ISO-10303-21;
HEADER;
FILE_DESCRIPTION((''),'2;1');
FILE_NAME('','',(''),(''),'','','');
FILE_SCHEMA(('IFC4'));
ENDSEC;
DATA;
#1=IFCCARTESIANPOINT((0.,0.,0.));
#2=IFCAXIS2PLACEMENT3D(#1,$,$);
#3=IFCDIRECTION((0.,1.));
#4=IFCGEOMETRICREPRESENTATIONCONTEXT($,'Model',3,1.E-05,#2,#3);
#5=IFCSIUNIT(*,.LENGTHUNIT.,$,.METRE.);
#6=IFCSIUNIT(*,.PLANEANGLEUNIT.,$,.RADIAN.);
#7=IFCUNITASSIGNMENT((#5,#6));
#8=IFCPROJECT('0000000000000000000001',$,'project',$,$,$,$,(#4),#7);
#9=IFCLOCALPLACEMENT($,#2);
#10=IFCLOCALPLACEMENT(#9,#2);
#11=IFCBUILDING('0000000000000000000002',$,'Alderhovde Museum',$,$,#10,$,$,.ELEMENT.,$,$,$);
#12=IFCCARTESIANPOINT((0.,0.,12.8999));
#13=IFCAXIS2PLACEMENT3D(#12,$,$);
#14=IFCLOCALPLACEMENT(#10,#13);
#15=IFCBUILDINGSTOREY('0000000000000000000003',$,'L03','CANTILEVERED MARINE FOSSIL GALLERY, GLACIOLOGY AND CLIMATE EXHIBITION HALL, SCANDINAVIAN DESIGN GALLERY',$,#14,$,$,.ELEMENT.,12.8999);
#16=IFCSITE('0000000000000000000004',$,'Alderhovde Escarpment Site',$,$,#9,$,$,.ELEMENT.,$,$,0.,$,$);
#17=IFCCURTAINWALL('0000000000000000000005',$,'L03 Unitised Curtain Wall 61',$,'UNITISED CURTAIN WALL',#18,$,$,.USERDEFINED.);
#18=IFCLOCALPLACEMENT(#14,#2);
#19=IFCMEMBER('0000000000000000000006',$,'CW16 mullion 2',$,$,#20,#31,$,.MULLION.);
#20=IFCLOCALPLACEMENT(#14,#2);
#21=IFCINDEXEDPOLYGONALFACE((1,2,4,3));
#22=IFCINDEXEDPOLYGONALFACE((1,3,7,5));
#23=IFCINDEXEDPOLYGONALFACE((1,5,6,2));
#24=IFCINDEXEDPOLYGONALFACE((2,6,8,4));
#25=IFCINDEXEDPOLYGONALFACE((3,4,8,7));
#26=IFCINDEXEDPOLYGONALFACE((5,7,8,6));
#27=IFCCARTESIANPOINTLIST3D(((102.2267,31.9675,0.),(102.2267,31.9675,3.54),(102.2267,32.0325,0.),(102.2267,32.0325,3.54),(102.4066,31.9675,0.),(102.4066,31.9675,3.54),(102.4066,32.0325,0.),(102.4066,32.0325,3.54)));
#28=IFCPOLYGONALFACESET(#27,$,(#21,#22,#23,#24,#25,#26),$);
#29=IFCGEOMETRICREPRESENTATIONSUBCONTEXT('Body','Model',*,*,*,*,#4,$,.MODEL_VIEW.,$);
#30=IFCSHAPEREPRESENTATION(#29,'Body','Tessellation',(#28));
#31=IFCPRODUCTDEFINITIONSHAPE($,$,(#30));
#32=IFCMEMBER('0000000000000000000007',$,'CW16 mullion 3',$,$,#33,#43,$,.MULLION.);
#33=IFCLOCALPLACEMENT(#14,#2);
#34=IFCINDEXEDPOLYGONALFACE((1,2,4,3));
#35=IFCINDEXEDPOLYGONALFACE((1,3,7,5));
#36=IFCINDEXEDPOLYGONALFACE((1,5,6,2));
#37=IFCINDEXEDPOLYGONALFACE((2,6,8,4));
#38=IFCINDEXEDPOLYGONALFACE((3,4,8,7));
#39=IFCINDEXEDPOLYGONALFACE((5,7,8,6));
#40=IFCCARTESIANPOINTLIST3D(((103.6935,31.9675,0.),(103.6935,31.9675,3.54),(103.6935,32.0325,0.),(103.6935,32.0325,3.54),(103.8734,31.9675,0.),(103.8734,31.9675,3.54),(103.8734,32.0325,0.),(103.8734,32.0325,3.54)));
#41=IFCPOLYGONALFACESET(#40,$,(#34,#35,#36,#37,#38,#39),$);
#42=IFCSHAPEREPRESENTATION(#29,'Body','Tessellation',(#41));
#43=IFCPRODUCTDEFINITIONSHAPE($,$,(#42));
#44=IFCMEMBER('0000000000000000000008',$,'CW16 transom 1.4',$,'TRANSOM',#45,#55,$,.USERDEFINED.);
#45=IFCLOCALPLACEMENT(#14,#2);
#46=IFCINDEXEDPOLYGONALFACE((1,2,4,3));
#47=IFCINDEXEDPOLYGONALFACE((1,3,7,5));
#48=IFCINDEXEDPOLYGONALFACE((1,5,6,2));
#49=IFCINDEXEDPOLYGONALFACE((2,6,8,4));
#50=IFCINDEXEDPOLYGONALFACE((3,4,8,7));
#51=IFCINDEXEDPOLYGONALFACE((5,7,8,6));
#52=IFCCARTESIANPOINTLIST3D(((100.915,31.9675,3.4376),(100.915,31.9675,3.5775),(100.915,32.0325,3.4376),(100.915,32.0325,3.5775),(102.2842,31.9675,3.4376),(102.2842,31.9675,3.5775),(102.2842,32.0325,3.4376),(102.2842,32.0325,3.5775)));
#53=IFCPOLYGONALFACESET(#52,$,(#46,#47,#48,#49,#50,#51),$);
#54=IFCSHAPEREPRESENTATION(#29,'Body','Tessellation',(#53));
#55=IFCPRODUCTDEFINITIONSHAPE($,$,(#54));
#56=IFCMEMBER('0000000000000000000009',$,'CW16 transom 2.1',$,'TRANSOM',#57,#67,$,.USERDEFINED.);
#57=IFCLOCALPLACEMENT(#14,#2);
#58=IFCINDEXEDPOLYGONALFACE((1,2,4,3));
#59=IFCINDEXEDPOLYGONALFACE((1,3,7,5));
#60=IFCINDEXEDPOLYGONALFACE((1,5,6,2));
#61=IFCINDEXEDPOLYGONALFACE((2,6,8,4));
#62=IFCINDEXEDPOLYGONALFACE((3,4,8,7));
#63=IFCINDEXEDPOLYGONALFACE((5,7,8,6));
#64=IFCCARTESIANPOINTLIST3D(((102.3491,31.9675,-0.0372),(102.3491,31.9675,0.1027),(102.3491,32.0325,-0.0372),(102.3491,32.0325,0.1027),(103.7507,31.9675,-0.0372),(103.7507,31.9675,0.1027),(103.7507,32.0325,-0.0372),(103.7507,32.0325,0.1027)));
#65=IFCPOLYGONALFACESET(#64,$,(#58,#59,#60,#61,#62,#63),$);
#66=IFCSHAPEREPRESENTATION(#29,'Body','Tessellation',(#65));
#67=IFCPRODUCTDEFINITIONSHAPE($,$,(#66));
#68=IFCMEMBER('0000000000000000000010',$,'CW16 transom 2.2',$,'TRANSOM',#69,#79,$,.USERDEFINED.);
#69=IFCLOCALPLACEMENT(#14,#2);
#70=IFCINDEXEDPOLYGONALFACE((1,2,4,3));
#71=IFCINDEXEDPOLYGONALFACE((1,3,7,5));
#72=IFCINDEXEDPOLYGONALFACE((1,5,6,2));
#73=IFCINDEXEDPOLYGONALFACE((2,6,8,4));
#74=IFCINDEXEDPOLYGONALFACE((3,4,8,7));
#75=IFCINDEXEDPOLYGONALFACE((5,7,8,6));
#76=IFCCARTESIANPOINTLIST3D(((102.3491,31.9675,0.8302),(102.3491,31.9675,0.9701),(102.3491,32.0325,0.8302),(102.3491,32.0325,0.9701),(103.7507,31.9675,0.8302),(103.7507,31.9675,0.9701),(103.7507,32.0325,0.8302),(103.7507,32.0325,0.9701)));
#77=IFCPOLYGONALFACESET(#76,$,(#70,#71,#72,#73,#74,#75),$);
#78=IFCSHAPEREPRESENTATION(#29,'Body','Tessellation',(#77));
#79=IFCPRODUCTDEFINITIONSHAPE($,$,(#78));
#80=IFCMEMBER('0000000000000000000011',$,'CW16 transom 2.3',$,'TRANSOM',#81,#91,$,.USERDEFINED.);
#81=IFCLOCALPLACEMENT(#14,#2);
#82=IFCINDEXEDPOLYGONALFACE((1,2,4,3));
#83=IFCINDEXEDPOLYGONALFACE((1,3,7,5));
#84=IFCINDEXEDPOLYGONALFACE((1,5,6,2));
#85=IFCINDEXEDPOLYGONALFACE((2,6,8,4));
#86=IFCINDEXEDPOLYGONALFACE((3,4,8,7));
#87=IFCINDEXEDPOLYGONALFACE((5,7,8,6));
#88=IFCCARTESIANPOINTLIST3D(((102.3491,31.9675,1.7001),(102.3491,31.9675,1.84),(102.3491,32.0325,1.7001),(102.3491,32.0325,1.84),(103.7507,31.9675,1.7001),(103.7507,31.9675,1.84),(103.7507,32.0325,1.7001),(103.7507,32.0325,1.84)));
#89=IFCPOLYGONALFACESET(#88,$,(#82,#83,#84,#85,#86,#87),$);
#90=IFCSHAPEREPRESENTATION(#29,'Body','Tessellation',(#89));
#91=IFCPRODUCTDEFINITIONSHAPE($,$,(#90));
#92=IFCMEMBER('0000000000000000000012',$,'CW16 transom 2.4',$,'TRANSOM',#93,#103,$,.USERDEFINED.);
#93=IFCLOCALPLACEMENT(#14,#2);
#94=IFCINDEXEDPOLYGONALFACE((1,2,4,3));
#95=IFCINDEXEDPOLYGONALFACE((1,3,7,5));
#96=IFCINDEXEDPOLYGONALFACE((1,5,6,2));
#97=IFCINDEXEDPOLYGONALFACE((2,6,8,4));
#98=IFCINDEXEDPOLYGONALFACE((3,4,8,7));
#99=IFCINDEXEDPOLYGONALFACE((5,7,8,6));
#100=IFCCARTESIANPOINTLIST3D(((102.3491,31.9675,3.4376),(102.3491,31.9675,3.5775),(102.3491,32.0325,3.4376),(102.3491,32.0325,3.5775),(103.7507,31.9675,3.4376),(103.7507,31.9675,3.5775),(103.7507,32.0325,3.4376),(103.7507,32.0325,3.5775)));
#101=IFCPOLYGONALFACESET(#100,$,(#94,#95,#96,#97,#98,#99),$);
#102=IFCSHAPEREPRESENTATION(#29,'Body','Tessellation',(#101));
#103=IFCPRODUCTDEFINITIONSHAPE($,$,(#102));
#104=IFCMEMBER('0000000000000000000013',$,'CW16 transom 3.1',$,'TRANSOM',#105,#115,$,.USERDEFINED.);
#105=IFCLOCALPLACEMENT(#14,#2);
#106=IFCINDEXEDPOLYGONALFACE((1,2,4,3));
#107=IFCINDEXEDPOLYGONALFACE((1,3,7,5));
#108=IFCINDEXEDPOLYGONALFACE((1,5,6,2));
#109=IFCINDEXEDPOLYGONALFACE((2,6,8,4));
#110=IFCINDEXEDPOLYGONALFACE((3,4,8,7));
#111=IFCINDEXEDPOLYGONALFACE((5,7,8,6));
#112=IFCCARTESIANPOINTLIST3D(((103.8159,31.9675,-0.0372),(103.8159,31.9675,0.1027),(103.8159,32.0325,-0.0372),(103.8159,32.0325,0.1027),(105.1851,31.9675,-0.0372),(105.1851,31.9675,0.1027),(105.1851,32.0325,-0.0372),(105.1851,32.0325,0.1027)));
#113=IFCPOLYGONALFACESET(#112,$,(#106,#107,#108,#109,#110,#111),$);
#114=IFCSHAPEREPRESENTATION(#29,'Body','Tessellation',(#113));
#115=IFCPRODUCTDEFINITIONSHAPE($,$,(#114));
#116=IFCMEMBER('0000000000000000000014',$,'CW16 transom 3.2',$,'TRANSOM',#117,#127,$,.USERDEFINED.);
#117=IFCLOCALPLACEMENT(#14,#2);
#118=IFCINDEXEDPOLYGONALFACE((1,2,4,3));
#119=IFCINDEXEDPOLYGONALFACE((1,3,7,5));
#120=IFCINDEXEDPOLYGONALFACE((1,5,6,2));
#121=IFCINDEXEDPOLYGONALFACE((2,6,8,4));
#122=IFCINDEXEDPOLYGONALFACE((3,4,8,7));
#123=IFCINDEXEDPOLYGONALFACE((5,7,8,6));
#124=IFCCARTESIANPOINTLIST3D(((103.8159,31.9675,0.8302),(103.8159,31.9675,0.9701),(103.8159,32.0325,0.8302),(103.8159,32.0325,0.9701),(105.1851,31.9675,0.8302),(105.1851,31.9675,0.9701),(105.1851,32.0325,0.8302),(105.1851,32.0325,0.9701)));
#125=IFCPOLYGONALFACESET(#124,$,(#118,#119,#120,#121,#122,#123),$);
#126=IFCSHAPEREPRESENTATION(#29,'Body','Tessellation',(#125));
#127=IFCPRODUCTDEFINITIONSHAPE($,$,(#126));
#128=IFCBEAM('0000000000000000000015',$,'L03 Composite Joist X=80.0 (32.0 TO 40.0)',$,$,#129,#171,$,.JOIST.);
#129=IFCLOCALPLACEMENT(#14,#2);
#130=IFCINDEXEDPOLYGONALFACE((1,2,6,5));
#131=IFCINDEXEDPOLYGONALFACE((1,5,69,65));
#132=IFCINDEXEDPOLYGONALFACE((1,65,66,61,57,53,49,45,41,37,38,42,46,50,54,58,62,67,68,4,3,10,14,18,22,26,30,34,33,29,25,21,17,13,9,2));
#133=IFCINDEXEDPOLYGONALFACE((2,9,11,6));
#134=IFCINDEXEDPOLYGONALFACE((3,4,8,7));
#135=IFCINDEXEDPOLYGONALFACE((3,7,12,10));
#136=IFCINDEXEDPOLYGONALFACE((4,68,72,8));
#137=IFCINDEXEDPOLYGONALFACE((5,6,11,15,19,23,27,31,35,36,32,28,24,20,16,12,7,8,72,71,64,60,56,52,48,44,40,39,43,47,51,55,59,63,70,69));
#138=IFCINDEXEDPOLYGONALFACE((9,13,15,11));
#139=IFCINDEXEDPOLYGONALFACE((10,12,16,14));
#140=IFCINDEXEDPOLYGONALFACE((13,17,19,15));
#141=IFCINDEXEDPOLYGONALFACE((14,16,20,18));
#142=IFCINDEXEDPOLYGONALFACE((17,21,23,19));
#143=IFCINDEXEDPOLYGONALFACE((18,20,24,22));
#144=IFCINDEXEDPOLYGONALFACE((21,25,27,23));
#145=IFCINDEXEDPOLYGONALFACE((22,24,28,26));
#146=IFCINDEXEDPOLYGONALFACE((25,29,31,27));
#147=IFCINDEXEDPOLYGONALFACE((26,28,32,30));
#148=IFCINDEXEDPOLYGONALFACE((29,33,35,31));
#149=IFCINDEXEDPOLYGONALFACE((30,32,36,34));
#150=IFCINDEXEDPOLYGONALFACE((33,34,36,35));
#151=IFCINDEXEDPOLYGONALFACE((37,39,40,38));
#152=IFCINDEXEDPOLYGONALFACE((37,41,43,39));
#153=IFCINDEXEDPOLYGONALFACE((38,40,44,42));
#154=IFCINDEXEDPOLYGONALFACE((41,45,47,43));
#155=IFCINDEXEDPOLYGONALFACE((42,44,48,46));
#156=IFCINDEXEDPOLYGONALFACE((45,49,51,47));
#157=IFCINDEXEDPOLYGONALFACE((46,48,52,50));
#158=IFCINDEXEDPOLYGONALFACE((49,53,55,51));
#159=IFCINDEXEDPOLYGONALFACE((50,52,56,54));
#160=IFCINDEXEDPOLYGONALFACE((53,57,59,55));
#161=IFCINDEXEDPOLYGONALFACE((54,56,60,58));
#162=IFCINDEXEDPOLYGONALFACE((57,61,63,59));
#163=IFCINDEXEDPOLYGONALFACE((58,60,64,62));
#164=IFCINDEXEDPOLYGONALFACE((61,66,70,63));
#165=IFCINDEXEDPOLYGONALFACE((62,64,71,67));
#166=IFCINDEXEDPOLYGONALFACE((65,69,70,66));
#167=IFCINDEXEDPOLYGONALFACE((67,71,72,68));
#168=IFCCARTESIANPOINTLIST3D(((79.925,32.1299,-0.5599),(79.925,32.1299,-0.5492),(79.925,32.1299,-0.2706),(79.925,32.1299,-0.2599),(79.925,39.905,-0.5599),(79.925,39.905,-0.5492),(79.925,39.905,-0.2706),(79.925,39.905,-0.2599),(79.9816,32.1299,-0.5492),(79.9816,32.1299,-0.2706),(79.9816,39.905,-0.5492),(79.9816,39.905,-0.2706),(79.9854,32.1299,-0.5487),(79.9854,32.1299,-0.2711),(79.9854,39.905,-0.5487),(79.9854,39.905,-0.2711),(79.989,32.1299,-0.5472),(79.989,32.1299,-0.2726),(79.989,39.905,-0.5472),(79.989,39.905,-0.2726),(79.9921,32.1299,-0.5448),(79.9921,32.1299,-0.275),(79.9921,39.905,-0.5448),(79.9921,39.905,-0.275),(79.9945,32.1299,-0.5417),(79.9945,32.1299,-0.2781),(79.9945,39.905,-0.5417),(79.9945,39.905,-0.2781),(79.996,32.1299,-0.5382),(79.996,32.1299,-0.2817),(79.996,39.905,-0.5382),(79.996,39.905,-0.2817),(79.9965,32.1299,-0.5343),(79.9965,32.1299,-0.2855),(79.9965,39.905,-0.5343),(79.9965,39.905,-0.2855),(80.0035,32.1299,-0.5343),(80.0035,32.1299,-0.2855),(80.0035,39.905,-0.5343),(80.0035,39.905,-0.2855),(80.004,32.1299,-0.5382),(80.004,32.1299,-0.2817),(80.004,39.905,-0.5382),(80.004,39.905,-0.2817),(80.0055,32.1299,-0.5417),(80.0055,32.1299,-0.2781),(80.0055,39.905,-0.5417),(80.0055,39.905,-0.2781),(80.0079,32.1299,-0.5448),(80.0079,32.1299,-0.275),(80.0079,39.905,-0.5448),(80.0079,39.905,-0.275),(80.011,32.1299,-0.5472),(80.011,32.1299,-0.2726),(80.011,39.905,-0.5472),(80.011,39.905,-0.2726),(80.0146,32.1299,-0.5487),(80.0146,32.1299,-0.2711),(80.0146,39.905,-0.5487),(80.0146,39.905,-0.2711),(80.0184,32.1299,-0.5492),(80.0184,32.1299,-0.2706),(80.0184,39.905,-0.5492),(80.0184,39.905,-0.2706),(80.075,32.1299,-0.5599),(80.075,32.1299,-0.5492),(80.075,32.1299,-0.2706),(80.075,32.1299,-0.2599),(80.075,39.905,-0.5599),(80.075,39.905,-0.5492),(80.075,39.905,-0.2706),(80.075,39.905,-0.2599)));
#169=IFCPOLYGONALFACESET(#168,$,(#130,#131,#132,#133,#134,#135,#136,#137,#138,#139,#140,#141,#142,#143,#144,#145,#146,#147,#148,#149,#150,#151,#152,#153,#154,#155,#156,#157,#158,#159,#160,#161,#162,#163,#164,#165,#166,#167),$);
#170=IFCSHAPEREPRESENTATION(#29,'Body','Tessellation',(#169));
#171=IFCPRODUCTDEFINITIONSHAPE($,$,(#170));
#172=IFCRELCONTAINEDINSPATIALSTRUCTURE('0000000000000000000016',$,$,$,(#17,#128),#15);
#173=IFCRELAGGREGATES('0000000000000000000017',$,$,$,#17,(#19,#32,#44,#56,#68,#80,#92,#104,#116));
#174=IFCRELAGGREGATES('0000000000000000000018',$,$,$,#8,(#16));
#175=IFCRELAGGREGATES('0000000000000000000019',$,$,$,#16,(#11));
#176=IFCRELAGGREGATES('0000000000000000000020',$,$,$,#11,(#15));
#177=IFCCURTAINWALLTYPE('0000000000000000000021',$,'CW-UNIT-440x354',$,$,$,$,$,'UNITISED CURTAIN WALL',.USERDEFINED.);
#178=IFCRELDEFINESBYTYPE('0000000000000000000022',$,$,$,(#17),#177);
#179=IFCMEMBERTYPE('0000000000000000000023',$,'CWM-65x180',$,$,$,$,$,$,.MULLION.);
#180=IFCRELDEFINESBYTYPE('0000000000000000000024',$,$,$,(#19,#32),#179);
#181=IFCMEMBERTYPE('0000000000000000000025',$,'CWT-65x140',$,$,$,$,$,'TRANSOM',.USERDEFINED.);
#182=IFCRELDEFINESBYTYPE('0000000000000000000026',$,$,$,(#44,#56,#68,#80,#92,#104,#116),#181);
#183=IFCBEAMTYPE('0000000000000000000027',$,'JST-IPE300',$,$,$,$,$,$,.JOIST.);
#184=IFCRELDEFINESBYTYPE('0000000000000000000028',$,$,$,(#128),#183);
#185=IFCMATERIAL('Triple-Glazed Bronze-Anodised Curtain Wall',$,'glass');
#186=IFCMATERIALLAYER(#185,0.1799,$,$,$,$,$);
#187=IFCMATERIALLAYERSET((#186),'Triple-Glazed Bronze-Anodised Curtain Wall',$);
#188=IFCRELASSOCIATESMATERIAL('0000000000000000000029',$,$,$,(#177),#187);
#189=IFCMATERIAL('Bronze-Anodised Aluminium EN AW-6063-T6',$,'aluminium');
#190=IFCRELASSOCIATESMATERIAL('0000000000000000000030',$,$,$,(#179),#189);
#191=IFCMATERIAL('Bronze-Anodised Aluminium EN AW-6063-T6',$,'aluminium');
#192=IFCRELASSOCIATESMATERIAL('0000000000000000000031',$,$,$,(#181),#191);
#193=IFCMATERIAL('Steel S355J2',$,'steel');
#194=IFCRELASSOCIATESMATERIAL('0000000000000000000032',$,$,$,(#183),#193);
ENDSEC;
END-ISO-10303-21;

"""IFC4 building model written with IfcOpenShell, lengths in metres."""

from ifc_helpers import new_model, si_unit, direction, frame, origin, origin_2d, place, context, subcontext, project, spatial, rectangle, i_section, extrude, material, layer, layer_set, material_profile, profile_set, type_object, element, aggregate, save


model = new_model("IFC4")

# Units and contexts
model_context = context("Model", 3, precision=1e-05, world=origin(), true_north=direction((0.0, 1.0)))
body_context = subcontext(model_context, "Body", "Model", "MODEL_VIEW")
ifc_project = project(units=[si_unit("LENGTHUNIT", "METRE"), si_unit("PLANEANGLEUNIT", "RADIAN")], contexts=[model_context])

# Site, building, storey
site_placement = place(None, origin())
site = spatial("IfcSite", under=ifc_project, at=site_placement, Name="Alderhovde Escarpment Site", CompositionType="ELEMENT", RefElevation=0.0)
building_placement = place(site_placement, origin())
building = spatial("IfcBuilding", under=site, at=building_placement, Name="Alderhovde Museum", CompositionType="ELEMENT")
storey_placement = place(building_placement, frame((0.0, 0.0, 12.8999)))
storey = spatial("IfcBuildingStorey", under=building, at=storey_placement, Name="L03", Description="CANTILEVERED MARINE FOSSIL GALLERY, GLACIOLOGY AND CLIMATE EXHIBITION HALL, SCANDINAVIAN DESIGN GALLERY", CompositionType="ELEMENT", Elevation=12.8999)

# Curtain wall, members
ifc_material_1 = material(Name="Triple-Glazed Bronze-Anodised Curtain Wall", Category="glass")
ifc_layer_1 = layer(ifc_material_1, 0.1799)
ifc_layer_set_1 = layer_set([ifc_layer_1], Name="Triple-Glazed Bronze-Anodised Curtain Wall")
curtain_wall_type = type_object("IfcCurtainWallType", Name="CW-UNIT-440x354", ElementType="UNITISED CURTAIN WALL", PredefinedType="USERDEFINED", material=ifc_layer_set_1)
curtain_wall_placement = place(storey_placement, origin())
curtain_wall = element("IfcCurtainWall", 1, at=curtain_wall_placement, inside=storey, type_object=curtain_wall_type, Name="L03 Unitised Curtain Wall 61", ObjectType="UNITISED CURTAIN WALL", PredefinedType="USERDEFINED")
ifc_material_2 = material(Name="Bronze-Anodised Aluminium EN AW-6063-T6", Category="aluminium")
ifc_material_profile_1 = material_profile(ifc_material_2, rectangle(XDim=0.0649, YDim=0.1799, at=origin_2d()), Name="MULLION 65x180")
ifc_profile_set_1 = profile_set([ifc_material_profile_1], Name="Bronze-Anodised Aluminium EN AW-6063-T6")
member_type_1 = type_object("IfcMemberType", Name="CWM-65x180", PredefinedType="MULLION", material=ifc_profile_set_1)
member_1_placement = place(storey_placement, frame((102.3167, 32.0, 0.0), z_axis=(0.0, 0.0, 1.0), x_axis=(0.0, 1.0, 0.0)))
member_1 = element("IfcMember", 2, at=member_1_placement, type_object=member_type_1, Name="CW16 mullion 2", PredefinedType="MULLION", context=body_context, shape_type="SweptSolid", body=[
    extrude(rectangle(XDim=0.0649, YDim=0.1799, at=origin_2d()), origin(), (0.0, 0.0, 1.0), 3.54),
])
member_2_placement = place(storey_placement, frame((103.7834, 32.0, 0.0), z_axis=(0.0, 0.0, 1.0), x_axis=(0.0, 1.0, 0.0)))
member_2 = element("IfcMember", 3, at=member_2_placement, type_object=member_type_1, Name="CW16 mullion 3", PredefinedType="MULLION", context=body_context, shape_type="SweptSolid", body=[
    extrude(rectangle(XDim=0.0649, YDim=0.1799, at=origin_2d()), origin(), (0.0, 0.0, 1.0), 3.54),
])
ifc_material_3 = material(Name="Bronze-Anodised Aluminium EN AW-6063-T6", Category="aluminium")
ifc_material_profile_2 = material_profile(ifc_material_3, rectangle(XDim=0.0649, YDim=0.1399, at=origin_2d()), Name="TRANSOM 65x140")
ifc_profile_set_2 = profile_set([ifc_material_profile_2], Name="Bronze-Anodised Aluminium EN AW-6063-T6")
member_type_2 = type_object("IfcMemberType", Name="CWT-65x140", ElementType="TRANSOM", PredefinedType="USERDEFINED", material=ifc_profile_set_2)
member_3_placement = place(storey_placement, frame((100.915, 32.0, 3.5076), z_axis=(1.0, 0.0, 0.0), x_axis=(0.0, 1.0, 0.0)))
member_3 = element("IfcMember", 4, at=member_3_placement, type_object=member_type_2, Name="CW16 transom 1.4", ObjectType="TRANSOM", PredefinedType="USERDEFINED", context=body_context, shape_type="SweptSolid", body=[
    extrude(rectangle(XDim=0.0649, YDim=0.1399, at=origin_2d()), origin(), (0.0, 0.0, 1.0), 1.3691),
])
member_4_placement = place(storey_placement, frame((102.3491, 32.0, 0.0327), z_axis=(1.0, 0.0, 0.0), x_axis=(0.0, 1.0, 0.0)))
member_4 = element("IfcMember", 5, at=member_4_placement, type_object=member_type_2, Name="CW16 transom 2.1", ObjectType="TRANSOM", PredefinedType="USERDEFINED", context=body_context, shape_type="SweptSolid", body=[
    extrude(rectangle(XDim=0.0649, YDim=0.1399, at=origin_2d()), origin(), (0.0, 0.0, 1.0), 1.4016),
])
member_5_placement = place(storey_placement, frame((102.3491, 32.0, 0.9001), z_axis=(1.0, 0.0, 0.0), x_axis=(0.0, 1.0, 0.0)))
member_5 = element("IfcMember", 6, at=member_5_placement, type_object=member_type_2, Name="CW16 transom 2.2", ObjectType="TRANSOM", PredefinedType="USERDEFINED", context=body_context, shape_type="SweptSolid", body=[
    extrude(rectangle(XDim=0.0649, YDim=0.1399, at=origin_2d()), origin(), (0.0, 0.0, 1.0), 1.4016),
])
member_6_placement = place(storey_placement, frame((102.3491, 32.0, 1.77), z_axis=(1.0, 0.0, 0.0), x_axis=(0.0, 1.0, 0.0)))
member_6 = element("IfcMember", 7, at=member_6_placement, type_object=member_type_2, Name="CW16 transom 2.3", ObjectType="TRANSOM", PredefinedType="USERDEFINED", context=body_context, shape_type="SweptSolid", body=[
    extrude(rectangle(XDim=0.0649, YDim=0.1399, at=origin_2d()), origin(), (0.0, 0.0, 1.0), 1.4016),
])
member_7_placement = place(storey_placement, frame((102.3491, 32.0, 3.5076), z_axis=(1.0, 0.0, 0.0), x_axis=(0.0, 1.0, 0.0)))
member_7 = element("IfcMember", 8, at=member_7_placement, type_object=member_type_2, Name="CW16 transom 2.4", ObjectType="TRANSOM", PredefinedType="USERDEFINED", context=body_context, shape_type="SweptSolid", body=[
    extrude(rectangle(XDim=0.0649, YDim=0.1399, at=origin_2d()), origin(), (0.0, 0.0, 1.0), 1.4016),
])
member_8_placement = place(storey_placement, frame((103.8159, 32.0, 0.0327), z_axis=(1.0, 0.0, 0.0), x_axis=(0.0, 1.0, 0.0)))
member_8 = element("IfcMember", 9, at=member_8_placement, type_object=member_type_2, Name="CW16 transom 3.1", ObjectType="TRANSOM", PredefinedType="USERDEFINED", context=body_context, shape_type="SweptSolid", body=[
    extrude(rectangle(XDim=0.0649, YDim=0.1399, at=origin_2d()), origin(), (0.0, 0.0, 1.0), 1.3691),
])
member_9_placement = place(storey_placement, frame((103.8159, 32.0, 0.9001), z_axis=(1.0, 0.0, 0.0), x_axis=(0.0, 1.0, 0.0)))
member_9 = element("IfcMember", 10, at=member_9_placement, type_object=member_type_2, Name="CW16 transom 3.2", ObjectType="TRANSOM", PredefinedType="USERDEFINED", context=body_context, shape_type="SweptSolid", body=[
    extrude(rectangle(XDim=0.0649, YDim=0.1399, at=origin_2d()), origin(), (0.0, 0.0, 1.0), 1.3691),
])

# Beam
ifc_material_4 = material(Name="Steel S355J2", Category="steel")
ifc_material_profile_3 = material_profile(ifc_material_4, i_section(OverallWidth=0.1499, OverallDepth=0.3, WebThickness=0.0071, FlangeThickness=0.0107, FilletRadius=0.0149, at=origin_2d()), Name="IPE 300")
ifc_profile_set_3 = profile_set([ifc_material_profile_3], Name="Steel S355J2")
beam_type_1 = type_object("IfcBeamType", Name="JST-IPE300", PredefinedType="JOIST", material=ifc_profile_set_3)
for number, where, z_axis, x_axis, name in (
    (11, (80.0, 32.1299, -0.4099), (0.0, 1.0, 0.0), (-1.0, 0.0, 0.0), "L03 Composite Joist X=80.0 (32.0 TO 40.0)"),
):
    element("IfcBeam", number, at=place(storey_placement, frame(where, z_axis=z_axis, x_axis=x_axis)), inside=storey, type_object=beam_type_1, Name=name, PredefinedType="JOIST", context=body_context, shape_type="SweptSolid", body=[
        extrude(i_section(OverallWidth=0.1499, OverallDepth=0.3, WebThickness=0.0071, FlangeThickness=0.0107, FilletRadius=0.0149, at=origin_2d()), origin(), (0.0, 0.0, 1.0), 7.7751),
    ])

aggregate(curtain_wall, [member_1, member_2, member_3, member_4, member_5, member_6, member_7, member_8, member_9])

save(model, "model.ifc")
